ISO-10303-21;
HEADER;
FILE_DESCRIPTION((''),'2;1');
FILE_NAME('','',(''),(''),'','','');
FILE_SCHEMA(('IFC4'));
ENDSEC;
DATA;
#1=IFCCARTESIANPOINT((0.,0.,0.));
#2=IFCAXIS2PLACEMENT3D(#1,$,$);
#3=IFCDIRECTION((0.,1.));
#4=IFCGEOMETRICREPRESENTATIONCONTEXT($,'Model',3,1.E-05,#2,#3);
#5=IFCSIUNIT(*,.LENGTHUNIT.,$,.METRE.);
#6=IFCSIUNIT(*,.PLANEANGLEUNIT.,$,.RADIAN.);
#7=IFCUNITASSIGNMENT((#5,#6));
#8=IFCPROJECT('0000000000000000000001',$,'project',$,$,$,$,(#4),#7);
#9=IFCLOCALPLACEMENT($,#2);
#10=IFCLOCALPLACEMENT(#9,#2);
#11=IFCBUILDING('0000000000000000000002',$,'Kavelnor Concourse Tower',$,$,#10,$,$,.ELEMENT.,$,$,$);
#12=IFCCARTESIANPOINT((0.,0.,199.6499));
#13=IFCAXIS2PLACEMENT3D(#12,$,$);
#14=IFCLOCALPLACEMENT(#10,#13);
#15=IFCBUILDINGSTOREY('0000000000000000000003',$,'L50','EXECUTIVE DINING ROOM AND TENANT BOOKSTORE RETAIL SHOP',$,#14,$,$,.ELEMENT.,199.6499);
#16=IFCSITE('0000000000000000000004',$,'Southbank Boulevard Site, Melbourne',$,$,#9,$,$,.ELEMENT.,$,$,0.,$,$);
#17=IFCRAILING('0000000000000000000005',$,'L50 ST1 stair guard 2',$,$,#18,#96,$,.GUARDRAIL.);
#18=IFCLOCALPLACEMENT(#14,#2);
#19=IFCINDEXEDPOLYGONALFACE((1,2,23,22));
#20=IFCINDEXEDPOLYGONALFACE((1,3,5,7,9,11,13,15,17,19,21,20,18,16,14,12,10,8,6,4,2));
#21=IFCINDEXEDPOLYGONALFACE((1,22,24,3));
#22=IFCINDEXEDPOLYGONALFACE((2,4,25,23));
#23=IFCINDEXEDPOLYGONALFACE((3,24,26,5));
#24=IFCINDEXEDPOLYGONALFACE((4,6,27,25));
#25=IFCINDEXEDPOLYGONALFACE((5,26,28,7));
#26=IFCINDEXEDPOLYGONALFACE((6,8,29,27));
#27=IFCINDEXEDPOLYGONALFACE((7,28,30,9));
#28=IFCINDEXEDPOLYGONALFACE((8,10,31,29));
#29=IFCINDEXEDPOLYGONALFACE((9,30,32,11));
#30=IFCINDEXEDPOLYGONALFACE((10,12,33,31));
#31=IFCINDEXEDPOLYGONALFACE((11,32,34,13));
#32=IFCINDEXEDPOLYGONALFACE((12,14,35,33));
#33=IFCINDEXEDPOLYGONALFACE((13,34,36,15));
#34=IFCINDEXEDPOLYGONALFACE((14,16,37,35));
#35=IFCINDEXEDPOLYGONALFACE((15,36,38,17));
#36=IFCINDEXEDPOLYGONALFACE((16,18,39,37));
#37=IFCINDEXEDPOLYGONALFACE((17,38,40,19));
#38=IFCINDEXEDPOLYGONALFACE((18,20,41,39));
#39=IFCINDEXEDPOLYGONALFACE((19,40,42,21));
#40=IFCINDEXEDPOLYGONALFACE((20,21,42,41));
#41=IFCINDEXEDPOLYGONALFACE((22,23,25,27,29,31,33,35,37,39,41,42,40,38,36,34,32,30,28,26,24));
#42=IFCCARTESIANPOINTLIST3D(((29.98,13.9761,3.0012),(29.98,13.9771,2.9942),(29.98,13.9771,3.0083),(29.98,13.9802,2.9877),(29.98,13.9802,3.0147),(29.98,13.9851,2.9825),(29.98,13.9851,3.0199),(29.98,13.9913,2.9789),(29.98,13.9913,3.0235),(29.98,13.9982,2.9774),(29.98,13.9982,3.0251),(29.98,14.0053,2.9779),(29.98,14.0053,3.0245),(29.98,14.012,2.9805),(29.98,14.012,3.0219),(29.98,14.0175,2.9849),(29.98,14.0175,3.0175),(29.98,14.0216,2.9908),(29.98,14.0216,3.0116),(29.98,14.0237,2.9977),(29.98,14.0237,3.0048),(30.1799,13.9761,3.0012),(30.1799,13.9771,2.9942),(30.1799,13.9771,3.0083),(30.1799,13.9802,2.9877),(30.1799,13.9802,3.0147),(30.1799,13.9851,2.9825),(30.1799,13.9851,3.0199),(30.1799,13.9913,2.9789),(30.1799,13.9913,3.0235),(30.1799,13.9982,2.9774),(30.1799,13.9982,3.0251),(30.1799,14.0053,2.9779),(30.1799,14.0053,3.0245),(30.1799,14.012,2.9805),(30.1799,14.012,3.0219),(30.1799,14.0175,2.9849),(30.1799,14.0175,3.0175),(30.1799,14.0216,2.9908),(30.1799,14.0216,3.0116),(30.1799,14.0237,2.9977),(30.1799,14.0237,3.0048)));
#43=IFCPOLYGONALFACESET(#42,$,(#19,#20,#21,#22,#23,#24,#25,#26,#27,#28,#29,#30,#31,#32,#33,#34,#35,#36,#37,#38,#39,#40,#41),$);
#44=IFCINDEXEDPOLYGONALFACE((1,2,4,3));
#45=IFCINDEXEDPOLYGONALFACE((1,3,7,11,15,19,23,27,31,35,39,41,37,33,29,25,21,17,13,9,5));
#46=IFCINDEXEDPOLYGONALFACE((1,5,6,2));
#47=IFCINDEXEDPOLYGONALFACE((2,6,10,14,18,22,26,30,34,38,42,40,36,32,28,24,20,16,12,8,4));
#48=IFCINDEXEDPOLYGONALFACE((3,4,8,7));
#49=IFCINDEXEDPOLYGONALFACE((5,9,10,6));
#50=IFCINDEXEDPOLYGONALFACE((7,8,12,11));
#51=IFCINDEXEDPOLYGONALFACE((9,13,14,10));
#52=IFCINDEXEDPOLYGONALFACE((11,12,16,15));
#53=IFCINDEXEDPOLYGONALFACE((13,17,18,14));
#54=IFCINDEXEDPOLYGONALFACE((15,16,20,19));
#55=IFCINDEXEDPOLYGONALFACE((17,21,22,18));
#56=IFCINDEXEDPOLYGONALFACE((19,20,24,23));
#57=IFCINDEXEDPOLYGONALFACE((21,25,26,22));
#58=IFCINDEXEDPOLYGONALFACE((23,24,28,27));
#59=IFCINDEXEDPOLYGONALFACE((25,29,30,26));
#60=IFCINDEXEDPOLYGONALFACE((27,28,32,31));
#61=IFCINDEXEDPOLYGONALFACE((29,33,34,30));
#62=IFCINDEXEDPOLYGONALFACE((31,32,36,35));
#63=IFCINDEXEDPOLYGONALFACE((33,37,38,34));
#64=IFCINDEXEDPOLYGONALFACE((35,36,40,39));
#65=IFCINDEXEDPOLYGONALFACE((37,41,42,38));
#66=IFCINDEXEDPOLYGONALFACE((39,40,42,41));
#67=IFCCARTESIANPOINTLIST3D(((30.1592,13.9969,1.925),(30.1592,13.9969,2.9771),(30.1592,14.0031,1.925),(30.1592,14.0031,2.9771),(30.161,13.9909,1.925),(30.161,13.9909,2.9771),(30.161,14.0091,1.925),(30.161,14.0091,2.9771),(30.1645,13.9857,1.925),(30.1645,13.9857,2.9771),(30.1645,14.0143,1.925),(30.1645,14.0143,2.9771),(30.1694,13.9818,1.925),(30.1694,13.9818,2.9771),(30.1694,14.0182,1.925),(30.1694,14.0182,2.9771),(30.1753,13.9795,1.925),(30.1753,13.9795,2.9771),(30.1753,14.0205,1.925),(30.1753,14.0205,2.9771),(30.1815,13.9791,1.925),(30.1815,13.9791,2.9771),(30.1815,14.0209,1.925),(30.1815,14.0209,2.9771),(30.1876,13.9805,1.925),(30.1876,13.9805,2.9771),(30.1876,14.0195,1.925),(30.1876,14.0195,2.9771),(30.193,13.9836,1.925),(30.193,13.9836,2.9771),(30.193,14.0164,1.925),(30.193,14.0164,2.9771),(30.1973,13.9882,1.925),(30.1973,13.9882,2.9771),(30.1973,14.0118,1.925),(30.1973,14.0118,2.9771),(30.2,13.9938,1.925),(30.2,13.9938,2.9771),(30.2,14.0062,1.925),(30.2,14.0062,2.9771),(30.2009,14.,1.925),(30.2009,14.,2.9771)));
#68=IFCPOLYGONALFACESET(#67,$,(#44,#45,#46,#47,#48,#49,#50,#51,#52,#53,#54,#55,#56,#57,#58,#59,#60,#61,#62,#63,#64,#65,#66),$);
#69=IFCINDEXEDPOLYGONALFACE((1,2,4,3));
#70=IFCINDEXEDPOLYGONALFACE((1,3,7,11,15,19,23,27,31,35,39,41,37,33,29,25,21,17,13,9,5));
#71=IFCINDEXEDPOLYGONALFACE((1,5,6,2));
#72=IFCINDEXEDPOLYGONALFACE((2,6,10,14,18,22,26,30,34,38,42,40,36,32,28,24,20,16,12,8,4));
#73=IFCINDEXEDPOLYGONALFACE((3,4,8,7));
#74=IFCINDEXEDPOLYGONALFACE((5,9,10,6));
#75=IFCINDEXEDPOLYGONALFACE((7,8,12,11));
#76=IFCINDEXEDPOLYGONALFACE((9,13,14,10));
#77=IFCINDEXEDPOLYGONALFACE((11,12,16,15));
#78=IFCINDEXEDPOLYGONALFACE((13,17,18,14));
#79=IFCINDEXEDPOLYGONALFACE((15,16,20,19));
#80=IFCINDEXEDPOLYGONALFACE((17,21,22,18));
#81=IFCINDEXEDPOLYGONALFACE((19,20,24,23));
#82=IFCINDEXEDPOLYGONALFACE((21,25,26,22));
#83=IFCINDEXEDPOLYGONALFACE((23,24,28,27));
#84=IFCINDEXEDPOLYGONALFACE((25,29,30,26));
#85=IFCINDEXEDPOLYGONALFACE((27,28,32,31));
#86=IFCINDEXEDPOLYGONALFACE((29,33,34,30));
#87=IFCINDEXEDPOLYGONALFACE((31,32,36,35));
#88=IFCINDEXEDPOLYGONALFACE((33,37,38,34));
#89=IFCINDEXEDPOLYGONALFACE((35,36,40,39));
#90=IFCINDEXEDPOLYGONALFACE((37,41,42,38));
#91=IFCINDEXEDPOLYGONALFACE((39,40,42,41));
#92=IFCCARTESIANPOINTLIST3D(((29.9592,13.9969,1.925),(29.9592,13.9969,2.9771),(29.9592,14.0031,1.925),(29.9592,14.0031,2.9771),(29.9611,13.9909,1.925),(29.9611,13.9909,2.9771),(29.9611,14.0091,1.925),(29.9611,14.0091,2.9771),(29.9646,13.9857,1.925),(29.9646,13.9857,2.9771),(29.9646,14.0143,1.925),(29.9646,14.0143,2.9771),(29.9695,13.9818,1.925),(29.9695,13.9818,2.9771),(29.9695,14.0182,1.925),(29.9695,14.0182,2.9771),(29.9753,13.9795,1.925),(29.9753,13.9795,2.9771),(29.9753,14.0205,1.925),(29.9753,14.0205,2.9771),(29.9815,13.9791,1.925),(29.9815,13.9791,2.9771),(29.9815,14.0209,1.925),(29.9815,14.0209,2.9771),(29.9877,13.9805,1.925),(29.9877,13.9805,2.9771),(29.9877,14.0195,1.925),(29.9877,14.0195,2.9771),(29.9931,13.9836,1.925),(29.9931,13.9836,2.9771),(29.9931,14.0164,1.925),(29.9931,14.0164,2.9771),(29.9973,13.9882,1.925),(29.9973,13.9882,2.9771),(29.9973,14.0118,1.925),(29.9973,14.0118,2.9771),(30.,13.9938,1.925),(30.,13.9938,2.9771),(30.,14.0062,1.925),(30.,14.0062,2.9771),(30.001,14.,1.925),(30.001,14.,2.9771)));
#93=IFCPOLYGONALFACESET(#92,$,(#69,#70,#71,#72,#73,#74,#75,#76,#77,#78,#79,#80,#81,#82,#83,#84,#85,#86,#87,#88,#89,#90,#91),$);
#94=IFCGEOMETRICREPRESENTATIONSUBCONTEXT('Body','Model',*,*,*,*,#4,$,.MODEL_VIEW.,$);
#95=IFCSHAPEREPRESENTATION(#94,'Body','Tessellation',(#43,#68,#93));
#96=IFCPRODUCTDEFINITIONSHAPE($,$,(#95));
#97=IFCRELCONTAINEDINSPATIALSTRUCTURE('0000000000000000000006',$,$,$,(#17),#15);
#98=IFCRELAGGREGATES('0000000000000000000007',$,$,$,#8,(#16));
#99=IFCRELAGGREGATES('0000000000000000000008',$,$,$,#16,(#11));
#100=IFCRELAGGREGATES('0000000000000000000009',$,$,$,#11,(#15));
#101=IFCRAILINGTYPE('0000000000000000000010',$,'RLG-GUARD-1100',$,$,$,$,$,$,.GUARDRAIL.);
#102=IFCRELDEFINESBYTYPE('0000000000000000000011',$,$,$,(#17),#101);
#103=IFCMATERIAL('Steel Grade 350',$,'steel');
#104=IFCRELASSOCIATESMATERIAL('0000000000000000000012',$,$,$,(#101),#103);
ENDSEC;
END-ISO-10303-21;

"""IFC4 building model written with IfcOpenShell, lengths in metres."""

from ifc_helpers import new_model, si_unit, direction, frame, origin, origin_2d, place, context, subcontext, project, spatial, circle, extrude, material, type_object, element, save


model = new_model("IFC4")

# Units and contexts
model_context = context("Model", 3, precision=1e-05, world=origin(), true_north=direction((0.0, 1.0)))
body_context = subcontext(model_context, "Body", "Model", "MODEL_VIEW")
ifc_project = project(units=[si_unit("LENGTHUNIT", "METRE"), si_unit("PLANEANGLEUNIT", "RADIAN")], contexts=[model_context])

# Site, building, storey
site_placement = place(None, origin())
site = spatial("IfcSite", under=ifc_project, at=site_placement, Name="Southbank Boulevard Site, Melbourne", CompositionType="ELEMENT", RefElevation=0.0)
building_placement = place(site_placement, origin())
building = spatial("IfcBuilding", under=site, at=building_placement, Name="Kavelnor Concourse Tower", CompositionType="ELEMENT")
storey_placement = place(building_placement, frame((0.0, 0.0, 199.6499)))
storey = spatial("IfcBuildingStorey", under=building, at=storey_placement, Name="L50", Description="EXECUTIVE DINING ROOM AND TENANT BOOKSTORE RETAIL SHOP", CompositionType="ELEMENT", Elevation=199.6499)

# Shared definitions
ifc_material_1 = material(Name="Steel Grade 350", Category="steel")

# Railing
railing_type_1 = type_object("IfcRailingType", Name="RLG-GUARD-1100", PredefinedType="GUARDRAIL", material=ifc_material_1)
railing_1_placement = place(storey_placement, frame((30.1799, 14.0, 1.925)))
element("IfcRailing", 1, at=railing_1_placement, inside=storey, type_object=railing_type_1, Name="L50 ST1 stair guard 2", PredefinedType="GUARDRAIL", context=body_context, shape_type="SweptSolid", body=[
    extrude(circle(Radius=0.0239, at=origin_2d()), frame((0.0, 0.0, 1.0762), z_axis=(-1.0, 0.0, 0.0), x_axis=(0.0, -1.0, 0.0)), (0.0, 0.0, 1.0), 0.2),
    extrude(circle(Radius=0.021, at=origin_2d()), origin(), (0.0, 0.0, 1.0), 1.052),
    extrude(circle(Radius=0.021, at=origin_2d()), frame((-0.2, 0.0, 0.0)), (0.0, 0.0, 1.0), 1.052),
])

save(model, "model.ifc")
